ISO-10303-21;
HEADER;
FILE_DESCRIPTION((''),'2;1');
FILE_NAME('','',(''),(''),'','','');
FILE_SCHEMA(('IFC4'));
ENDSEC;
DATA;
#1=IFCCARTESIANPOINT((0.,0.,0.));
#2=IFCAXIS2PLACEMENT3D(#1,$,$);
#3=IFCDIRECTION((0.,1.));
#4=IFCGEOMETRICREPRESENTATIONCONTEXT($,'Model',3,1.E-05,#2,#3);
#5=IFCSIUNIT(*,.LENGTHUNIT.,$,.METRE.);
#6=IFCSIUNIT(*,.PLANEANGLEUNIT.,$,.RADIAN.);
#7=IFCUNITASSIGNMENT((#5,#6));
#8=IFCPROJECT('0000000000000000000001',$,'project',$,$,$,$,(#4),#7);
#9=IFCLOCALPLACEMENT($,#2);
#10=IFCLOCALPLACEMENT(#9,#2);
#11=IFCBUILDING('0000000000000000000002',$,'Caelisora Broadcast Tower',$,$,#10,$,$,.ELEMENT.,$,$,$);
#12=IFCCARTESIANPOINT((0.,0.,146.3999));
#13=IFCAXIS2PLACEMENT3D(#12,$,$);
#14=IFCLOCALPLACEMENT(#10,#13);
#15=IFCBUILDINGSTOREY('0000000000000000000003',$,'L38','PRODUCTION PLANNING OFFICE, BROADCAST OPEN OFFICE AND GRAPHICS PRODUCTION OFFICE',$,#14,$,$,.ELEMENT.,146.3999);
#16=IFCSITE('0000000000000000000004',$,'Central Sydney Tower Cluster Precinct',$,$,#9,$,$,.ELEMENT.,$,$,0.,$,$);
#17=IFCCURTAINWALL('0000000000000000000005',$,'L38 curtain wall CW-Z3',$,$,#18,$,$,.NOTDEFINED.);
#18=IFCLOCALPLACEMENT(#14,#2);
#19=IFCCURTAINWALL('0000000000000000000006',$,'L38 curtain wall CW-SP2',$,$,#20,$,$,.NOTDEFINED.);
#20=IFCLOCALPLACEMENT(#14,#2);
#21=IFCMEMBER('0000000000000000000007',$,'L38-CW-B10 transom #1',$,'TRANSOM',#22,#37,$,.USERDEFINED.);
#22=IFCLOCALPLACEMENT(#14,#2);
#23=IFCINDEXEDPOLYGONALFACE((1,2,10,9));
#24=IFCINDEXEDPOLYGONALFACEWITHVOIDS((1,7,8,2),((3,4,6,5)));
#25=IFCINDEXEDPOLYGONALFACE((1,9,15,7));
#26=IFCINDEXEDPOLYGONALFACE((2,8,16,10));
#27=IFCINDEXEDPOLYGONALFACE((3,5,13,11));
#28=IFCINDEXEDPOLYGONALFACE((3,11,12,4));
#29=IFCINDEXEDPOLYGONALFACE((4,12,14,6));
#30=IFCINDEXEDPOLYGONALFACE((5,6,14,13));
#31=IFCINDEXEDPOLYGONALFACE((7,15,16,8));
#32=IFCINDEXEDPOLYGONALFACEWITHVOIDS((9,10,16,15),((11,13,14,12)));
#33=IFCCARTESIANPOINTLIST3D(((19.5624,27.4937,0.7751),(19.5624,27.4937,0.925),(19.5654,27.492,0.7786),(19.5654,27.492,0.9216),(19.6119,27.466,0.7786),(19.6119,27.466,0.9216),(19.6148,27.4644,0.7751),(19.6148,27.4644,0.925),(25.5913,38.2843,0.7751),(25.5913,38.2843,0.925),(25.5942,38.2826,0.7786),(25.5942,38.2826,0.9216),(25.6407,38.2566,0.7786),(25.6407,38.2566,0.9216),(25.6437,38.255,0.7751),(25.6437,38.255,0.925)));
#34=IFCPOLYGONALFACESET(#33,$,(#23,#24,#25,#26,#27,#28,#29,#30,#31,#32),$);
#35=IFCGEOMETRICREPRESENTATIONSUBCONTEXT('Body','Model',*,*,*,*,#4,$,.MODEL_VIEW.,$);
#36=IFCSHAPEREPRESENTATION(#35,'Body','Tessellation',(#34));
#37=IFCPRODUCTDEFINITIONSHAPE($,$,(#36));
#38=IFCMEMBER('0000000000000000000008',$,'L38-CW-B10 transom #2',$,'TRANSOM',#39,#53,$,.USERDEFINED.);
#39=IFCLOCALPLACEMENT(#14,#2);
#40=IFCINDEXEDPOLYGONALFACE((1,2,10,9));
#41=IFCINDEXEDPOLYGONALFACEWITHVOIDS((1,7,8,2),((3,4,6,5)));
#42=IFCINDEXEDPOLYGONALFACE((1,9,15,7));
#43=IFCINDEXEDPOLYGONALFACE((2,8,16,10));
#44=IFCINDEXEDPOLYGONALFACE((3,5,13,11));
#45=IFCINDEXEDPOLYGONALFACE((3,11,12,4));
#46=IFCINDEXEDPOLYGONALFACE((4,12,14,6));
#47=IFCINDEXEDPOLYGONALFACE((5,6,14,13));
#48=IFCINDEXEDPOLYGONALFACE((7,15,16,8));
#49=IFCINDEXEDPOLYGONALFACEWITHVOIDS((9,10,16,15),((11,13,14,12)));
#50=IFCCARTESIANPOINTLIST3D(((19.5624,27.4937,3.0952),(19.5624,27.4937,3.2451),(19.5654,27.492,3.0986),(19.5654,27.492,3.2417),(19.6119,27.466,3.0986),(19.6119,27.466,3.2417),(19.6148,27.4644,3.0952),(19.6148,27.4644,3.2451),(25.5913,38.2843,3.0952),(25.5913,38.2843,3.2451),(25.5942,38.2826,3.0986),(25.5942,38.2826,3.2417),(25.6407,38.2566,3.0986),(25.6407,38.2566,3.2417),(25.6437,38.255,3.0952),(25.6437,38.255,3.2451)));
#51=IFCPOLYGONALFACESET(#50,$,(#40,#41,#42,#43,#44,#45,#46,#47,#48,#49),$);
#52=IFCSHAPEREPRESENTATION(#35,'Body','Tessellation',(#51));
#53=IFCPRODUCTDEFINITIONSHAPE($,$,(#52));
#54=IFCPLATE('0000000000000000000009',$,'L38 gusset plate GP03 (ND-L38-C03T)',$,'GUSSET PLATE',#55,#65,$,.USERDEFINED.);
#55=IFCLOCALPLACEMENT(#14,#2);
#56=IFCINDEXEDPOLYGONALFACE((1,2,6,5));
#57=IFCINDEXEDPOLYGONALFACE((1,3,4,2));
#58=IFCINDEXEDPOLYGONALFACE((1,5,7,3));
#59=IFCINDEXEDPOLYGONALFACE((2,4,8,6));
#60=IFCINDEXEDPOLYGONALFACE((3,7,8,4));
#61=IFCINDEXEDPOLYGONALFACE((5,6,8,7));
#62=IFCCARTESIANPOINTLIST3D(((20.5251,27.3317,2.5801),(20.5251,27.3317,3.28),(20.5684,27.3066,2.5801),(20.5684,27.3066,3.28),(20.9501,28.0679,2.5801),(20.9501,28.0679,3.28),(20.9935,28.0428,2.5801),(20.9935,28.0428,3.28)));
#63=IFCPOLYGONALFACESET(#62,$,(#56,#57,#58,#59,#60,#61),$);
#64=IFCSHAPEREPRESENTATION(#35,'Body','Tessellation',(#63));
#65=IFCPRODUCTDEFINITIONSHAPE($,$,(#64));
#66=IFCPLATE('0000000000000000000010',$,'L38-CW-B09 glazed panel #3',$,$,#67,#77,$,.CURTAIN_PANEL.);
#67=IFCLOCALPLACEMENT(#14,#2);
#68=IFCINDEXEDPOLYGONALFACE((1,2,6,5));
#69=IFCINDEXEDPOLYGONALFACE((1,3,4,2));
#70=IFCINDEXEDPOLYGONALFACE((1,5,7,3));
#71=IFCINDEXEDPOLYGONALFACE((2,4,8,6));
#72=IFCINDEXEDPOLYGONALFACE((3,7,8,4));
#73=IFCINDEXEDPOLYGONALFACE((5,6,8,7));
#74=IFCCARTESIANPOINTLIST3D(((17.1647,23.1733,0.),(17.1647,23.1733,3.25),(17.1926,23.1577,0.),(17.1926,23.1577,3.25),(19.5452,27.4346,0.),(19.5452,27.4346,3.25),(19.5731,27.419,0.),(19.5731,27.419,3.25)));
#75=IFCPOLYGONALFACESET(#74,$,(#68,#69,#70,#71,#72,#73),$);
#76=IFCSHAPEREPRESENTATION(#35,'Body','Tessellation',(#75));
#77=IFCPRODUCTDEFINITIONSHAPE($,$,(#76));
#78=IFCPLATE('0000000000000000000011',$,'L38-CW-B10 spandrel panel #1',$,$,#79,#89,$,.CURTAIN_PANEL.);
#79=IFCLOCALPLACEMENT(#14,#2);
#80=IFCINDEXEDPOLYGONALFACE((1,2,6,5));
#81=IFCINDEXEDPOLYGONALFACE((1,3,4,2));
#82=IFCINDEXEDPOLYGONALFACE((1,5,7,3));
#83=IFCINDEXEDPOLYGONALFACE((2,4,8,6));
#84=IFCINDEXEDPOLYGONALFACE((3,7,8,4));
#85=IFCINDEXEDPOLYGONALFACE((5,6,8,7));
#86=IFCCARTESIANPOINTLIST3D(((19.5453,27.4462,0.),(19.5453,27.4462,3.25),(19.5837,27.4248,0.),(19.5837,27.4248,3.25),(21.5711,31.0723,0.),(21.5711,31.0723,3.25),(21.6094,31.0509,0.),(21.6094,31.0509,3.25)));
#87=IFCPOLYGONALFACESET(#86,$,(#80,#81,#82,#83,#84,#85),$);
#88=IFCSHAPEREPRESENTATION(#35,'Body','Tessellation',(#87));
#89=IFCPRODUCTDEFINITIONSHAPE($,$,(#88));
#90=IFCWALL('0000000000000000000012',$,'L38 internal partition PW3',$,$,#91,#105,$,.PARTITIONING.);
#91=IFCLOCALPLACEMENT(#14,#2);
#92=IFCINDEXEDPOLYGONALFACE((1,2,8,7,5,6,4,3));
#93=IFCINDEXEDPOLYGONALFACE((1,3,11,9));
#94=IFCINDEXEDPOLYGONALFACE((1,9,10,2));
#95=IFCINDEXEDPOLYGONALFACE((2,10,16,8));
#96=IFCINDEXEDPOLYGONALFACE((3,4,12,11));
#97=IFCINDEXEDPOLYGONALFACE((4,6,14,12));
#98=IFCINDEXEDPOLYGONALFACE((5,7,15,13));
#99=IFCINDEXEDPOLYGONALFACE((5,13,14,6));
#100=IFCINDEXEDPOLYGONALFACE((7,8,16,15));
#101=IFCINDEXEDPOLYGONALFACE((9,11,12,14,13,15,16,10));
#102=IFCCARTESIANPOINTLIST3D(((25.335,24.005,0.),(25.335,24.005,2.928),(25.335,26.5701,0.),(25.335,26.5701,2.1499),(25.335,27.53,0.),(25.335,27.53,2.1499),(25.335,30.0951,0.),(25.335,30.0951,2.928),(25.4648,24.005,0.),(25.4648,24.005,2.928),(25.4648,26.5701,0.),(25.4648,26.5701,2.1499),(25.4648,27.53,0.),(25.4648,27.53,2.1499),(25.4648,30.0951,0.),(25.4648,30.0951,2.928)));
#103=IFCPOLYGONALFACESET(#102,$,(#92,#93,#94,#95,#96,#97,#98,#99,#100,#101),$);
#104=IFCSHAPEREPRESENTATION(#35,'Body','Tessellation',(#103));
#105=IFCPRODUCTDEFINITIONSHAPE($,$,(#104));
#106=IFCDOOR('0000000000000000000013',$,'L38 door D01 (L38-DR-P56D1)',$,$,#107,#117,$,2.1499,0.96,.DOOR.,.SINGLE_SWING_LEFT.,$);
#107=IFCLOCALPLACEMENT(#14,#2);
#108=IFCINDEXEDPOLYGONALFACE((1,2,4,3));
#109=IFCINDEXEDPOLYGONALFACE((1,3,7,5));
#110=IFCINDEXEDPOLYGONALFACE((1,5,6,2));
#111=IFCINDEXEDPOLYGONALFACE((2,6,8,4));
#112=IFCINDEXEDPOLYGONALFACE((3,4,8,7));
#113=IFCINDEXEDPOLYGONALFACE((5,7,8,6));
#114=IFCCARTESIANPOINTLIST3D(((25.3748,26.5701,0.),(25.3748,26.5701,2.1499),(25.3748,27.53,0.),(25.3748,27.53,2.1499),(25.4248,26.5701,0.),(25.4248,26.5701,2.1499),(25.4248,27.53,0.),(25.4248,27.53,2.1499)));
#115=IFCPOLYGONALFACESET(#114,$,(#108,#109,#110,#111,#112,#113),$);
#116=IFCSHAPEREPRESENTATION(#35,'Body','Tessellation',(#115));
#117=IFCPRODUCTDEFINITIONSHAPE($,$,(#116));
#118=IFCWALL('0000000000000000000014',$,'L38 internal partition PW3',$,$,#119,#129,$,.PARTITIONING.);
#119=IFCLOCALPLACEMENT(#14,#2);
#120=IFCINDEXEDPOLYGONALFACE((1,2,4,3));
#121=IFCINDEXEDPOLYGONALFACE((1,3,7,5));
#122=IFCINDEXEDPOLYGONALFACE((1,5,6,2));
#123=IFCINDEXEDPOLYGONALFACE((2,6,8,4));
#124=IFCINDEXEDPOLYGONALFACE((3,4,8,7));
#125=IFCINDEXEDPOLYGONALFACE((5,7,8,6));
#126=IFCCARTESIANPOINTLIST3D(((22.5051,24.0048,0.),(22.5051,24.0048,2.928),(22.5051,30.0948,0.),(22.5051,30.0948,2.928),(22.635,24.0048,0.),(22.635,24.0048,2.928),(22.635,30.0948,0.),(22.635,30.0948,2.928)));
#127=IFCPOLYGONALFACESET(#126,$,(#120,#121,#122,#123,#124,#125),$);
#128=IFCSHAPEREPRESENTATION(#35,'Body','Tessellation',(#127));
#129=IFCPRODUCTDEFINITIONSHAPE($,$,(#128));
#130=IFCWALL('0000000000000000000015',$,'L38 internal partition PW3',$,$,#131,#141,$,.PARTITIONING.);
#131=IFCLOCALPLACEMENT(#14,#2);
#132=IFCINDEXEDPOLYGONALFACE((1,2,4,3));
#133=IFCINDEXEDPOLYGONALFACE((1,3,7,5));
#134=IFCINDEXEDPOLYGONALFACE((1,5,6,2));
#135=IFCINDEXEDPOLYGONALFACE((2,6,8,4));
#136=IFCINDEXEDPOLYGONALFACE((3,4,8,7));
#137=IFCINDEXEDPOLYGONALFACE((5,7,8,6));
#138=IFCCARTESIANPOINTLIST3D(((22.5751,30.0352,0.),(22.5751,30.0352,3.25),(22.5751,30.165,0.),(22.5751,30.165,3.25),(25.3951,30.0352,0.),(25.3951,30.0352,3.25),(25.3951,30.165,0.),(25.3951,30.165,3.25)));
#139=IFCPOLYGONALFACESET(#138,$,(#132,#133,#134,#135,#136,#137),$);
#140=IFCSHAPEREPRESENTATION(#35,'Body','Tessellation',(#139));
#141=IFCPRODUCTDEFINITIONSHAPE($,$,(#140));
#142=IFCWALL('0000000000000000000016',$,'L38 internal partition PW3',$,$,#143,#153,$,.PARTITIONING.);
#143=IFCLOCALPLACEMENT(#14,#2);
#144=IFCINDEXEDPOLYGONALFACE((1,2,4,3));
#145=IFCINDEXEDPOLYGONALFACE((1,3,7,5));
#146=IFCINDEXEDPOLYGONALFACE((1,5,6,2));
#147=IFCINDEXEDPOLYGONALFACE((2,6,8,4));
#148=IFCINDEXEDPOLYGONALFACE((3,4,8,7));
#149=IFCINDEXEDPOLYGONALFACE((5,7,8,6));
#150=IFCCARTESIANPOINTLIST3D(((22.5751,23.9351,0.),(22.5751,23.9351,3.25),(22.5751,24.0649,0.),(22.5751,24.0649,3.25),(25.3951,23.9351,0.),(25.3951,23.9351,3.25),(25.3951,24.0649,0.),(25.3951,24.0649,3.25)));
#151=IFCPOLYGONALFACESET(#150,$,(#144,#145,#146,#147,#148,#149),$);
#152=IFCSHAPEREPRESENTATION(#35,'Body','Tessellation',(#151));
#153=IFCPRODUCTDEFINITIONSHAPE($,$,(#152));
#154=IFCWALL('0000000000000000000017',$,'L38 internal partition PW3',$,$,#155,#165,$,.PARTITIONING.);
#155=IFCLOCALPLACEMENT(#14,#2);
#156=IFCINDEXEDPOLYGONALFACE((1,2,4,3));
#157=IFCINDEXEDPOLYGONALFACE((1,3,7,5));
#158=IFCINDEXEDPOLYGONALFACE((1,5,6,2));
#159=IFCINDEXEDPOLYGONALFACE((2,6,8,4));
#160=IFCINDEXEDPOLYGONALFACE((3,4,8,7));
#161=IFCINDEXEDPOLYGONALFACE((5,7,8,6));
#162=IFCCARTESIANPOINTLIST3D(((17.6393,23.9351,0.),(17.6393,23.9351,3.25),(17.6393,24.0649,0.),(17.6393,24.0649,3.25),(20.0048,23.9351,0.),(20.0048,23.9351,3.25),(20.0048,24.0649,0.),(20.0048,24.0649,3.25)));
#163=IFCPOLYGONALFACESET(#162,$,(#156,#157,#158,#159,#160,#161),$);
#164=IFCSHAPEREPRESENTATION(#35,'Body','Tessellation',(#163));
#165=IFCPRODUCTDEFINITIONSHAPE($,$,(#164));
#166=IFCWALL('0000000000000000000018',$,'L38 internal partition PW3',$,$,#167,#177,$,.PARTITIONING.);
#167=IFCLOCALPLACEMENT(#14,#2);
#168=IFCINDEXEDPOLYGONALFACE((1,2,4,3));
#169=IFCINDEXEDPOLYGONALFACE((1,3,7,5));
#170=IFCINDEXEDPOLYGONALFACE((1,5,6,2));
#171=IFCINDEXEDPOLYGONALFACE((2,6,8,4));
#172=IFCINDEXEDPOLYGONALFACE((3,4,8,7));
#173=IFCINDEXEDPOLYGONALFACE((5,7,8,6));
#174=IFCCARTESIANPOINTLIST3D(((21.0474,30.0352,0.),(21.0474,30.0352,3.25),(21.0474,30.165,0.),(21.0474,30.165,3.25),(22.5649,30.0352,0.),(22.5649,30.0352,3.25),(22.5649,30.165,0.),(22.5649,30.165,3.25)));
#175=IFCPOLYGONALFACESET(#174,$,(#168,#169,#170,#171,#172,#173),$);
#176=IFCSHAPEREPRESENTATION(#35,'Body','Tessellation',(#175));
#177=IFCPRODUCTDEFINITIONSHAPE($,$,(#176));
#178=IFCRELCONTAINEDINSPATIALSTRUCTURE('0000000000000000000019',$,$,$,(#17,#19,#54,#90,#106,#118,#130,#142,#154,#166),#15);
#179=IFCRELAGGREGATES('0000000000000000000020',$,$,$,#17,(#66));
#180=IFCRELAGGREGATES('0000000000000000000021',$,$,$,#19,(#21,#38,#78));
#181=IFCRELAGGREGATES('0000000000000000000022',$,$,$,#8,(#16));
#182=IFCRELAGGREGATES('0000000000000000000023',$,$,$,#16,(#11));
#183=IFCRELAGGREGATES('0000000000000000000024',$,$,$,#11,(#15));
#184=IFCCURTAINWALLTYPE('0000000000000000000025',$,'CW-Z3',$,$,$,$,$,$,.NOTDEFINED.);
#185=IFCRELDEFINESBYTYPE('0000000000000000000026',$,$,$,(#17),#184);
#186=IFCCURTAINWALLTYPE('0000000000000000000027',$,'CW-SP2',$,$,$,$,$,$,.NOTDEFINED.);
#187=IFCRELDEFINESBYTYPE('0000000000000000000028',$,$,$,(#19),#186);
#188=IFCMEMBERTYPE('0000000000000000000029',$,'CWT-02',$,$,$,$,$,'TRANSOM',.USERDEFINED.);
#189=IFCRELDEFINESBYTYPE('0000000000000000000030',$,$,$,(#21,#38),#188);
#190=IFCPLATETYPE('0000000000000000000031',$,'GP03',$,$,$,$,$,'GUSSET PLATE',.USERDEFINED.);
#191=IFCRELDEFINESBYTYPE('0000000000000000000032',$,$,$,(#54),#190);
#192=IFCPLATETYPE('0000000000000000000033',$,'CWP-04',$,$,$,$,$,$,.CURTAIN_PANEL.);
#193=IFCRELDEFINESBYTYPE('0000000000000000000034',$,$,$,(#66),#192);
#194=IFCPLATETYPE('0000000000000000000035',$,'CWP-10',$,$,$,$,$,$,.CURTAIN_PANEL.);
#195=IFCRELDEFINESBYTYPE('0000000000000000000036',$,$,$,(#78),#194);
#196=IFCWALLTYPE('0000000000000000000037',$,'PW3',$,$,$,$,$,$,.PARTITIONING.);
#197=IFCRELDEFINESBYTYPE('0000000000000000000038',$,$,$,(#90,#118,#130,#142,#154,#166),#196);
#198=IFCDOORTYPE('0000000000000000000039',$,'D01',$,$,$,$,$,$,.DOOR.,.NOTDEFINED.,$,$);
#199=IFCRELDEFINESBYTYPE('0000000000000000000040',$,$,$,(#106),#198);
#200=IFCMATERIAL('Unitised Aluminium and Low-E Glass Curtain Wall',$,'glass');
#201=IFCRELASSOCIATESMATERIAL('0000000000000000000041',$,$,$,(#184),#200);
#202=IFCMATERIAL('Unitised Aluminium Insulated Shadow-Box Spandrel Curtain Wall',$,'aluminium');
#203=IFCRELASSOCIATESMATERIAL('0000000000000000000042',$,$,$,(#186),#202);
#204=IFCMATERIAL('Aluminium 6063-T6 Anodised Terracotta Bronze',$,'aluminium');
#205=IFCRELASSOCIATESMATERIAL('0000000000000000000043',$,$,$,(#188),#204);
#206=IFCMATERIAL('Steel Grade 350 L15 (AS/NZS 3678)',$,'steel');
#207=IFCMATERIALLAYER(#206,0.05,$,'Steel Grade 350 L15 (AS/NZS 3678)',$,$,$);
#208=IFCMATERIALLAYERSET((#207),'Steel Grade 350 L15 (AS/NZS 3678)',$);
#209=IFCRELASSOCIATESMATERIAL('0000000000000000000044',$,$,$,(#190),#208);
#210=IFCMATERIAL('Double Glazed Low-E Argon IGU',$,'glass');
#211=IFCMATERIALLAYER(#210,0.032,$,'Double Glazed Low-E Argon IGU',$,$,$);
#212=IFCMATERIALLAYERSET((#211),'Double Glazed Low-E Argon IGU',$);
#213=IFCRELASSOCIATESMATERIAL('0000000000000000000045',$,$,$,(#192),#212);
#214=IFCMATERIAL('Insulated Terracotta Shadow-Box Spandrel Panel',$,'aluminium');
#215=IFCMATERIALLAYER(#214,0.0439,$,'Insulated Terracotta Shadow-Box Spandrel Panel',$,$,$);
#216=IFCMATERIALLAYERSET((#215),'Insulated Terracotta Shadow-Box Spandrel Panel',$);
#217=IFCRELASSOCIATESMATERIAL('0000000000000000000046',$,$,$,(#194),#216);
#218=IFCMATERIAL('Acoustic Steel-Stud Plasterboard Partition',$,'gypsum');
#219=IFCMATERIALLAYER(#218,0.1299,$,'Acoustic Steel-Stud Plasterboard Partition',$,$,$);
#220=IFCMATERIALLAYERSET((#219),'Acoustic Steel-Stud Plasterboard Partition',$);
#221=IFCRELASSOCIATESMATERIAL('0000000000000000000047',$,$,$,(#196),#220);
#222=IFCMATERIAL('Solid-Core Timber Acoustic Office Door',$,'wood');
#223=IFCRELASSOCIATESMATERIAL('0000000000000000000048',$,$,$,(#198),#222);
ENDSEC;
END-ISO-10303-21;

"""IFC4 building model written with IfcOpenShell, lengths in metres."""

from ifc_helpers import new_model, si_unit, direction, frame, frame_2d, origin, origin_2d, place, context, subcontext, project, spatial, rectangle, hollow_rectangle, extrude, source, transform, mapped, material, layer, layer_set, material_profile, profile_set, type_object, type_shapes, element, fill, aggregate, save


model = new_model("IFC4")

# Units and contexts
model_context = context("Model", 3, precision=1e-05, world=origin(), true_north=direction((0.0, 1.0)))
body_context = subcontext(model_context, "Body", "Model", "MODEL_VIEW")
ifc_project = project(units=[si_unit("LENGTHUNIT", "METRE"), si_unit("PLANEANGLEUNIT", "RADIAN")], contexts=[model_context])

# Site, building, storey
site_placement = place(None, origin())
site = spatial("IfcSite", under=ifc_project, at=site_placement, Name="Central Sydney Tower Cluster Precinct", CompositionType="ELEMENT", RefElevation=0.0)
building_placement = place(site_placement, origin())
building = spatial("IfcBuilding", under=site, at=building_placement, Name="Caelisora Broadcast Tower", CompositionType="ELEMENT")
storey_placement = place(building_placement, frame((0.0, 0.0, 146.3999)))
storey = spatial("IfcBuildingStorey", under=building, at=storey_placement, Name="L38", Description="PRODUCTION PLANNING OFFICE, BROADCAST OPEN OFFICE AND GRAPHICS PRODUCTION OFFICE", CompositionType="ELEMENT", Elevation=146.3999)

# Shared definitions
ifc_material_1 = material(Name="Steel Grade 350 L15 (AS/NZS 3678)", Category="steel")

# Curtain wall
ifc_material_2 = material(Name="Unitised Aluminium and Low-E Glass Curtain Wall", Category="glass")
curtain_wall_type_1 = type_object("IfcCurtainWallType", Name="CW-Z3", PredefinedType="NOTDEFINED", material=ifc_material_2)
curtain_wall_1_placement = place(storey_placement, origin())
curtain_wall_1 = element("IfcCurtainWall", 1, at=curtain_wall_1_placement, inside=storey, type_object=curtain_wall_type_1, Name="L38 curtain wall CW-Z3", PredefinedType="NOTDEFINED")
ifc_material_3 = material(Name="Aluminium 6063-T6 Anodised Terracotta Bronze", Category="aluminium")

# Curtain wall, members
ifc_material_4 = material(Name="Unitised Aluminium Insulated Shadow-Box Spandrel Curtain Wall", Category="aluminium")
curtain_wall_type_2 = type_object("IfcCurtainWallType", Name="CW-SP2", PredefinedType="NOTDEFINED", material=ifc_material_4)
curtain_wall_2_placement = place(storey_placement, origin())
curtain_wall_2 = element("IfcCurtainWall", 2, at=curtain_wall_2_placement, inside=storey, type_object=curtain_wall_type_2, Name="L38 curtain wall CW-SP2", PredefinedType="NOTDEFINED")
ifc_material_profile_1 = material_profile(ifc_material_3, hollow_rectangle(XDim=0.0601, YDim=0.1499, WallThickness=0.0034, at=origin_2d()), Name="Aluminium 6063-T6 Anodised Terracotta Bronze")
ifc_profile_set_1 = profile_set([ifc_material_profile_1], Name="Aluminium 6063-T6 Anodised Terracotta Bronze")
member_type_1 = type_object("IfcMemberType", Name="CWT-02", ElementType="TRANSOM", PredefinedType="USERDEFINED", material=ifc_profile_set_1)
shared_shape_1 = source(origin(), body_context, "Body", "SweptSolid", [
    extrude(hollow_rectangle(XDim=0.0601, YDim=0.1499, WallThickness=0.0034, at=origin_2d()), origin(), (0.0, 0.0, 1.0), 12.3606),
])
type_shapes(member_type_1, [shared_shape_1])
member_1_placement = place(storey_placement, frame((19.5886, 27.479, 0.8501), z_axis=(0.487748, 0.872985, 0.0), x_axis=(-0.872985, 0.487748, 0.0)))
member_1 = element("IfcMember", 3, at=member_1_placement, type_object=member_type_1, Name="L38-CW-B10 transom #1", ObjectType="TRANSOM", PredefinedType="USERDEFINED", context=body_context, shape_type="MappedRepresentation", body=[
    mapped(shared_shape_1, transform((0.0, 0.0, 0.0), scale=1.0)),
])
member_2_placement = place(storey_placement, frame((19.5886, 27.479, 3.1702), z_axis=(0.487748, 0.872985, 0.0), x_axis=(-0.872985, 0.487748, 0.0)))
member_2 = element("IfcMember", 4, at=member_2_placement, type_object=member_type_1, Name="L38-CW-B10 transom #2", ObjectType="TRANSOM", PredefinedType="USERDEFINED", context=body_context, shape_type="MappedRepresentation", body=[
    mapped(shared_shape_1, transform((0.0, 0.0, 0.0), scale=1.0)),
])

# Plates
ifc_layer_1 = layer(ifc_material_1, 0.05, Name="Steel Grade 350 L15 (AS/NZS 3678)")
ifc_layer_set_1 = layer_set([ifc_layer_1], Name="Steel Grade 350 L15 (AS/NZS 3678)")
plate_type_1 = type_object("IfcPlateType", Name="GP03", ElementType="GUSSET PLATE", PredefinedType="USERDEFINED", material=ifc_layer_set_1)
shared_shape_2 = source(origin(), body_context, "Body", "SweptSolid", [
    extrude(rectangle(XDim=0.8501, YDim=0.05, at=origin_2d()), origin(), (0.0, 0.0, 1.0), 0.7),
])
type_shapes(plate_type_1, [shared_shape_2])
plate_1_placement = place(storey_placement, frame((20.7593, 27.6873, 2.5801), z_axis=(0.0, 0.0, 1.0), x_axis=(-0.5, -0.866025, 0.0)))
element("IfcPlate", 5, at=plate_1_placement, inside=storey, type_object=plate_type_1, Name="L38 gusset plate GP03 (ND-L38-C03T)", ObjectType="GUSSET PLATE", PredefinedType="USERDEFINED", context=body_context, shape_type="MappedRepresentation", body=[
    mapped(shared_shape_2, transform((0.0, 0.0, 0.0), scale=1.0)),
])
ifc_material_5 = material(Name="Double Glazed Low-E Argon IGU", Category="glass")
ifc_layer_2 = layer(ifc_material_5, 0.032, Name="Double Glazed Low-E Argon IGU")
ifc_layer_set_2 = layer_set([ifc_layer_2], Name="Double Glazed Low-E Argon IGU")
plate_type_2 = type_object("IfcPlateType", Name="CWP-04", PredefinedType="CURTAIN_PANEL", material=ifc_layer_set_2)
shared_shape_3 = source(origin(), body_context, "Body", "SweptSolid", [
    extrude(rectangle(XDim=4.8811, YDim=0.032, at=origin_2d()), origin(), (0.0, 0.0, 1.0), 3.25),
])
type_shapes(plate_type_2, [shared_shape_3])
plate_2_placement = place(storey_placement, frame((18.3689, 25.2961, 0.0), z_axis=(0.0, 0.0, 1.0), x_axis=(0.487707, 0.873007, 0.0)))
plate_2 = element("IfcPlate", 6, at=plate_2_placement, type_object=plate_type_2, Name="L38-CW-B09 glazed panel #3", PredefinedType="CURTAIN_PANEL", context=body_context, shape_type="MappedRepresentation", body=[
    mapped(shared_shape_3, transform((0.0, 0.0, 0.0), scale=1.0)),
])
aggregate(curtain_wall_1, [plate_2])
ifc_material_6 = material(Name="Insulated Terracotta Shadow-Box Spandrel Panel", Category="aluminium")
ifc_layer_3 = layer(ifc_material_6, 0.0439, Name="Insulated Terracotta Shadow-Box Spandrel Panel")
ifc_layer_set_3 = layer_set([ifc_layer_3], Name="Insulated Terracotta Shadow-Box Spandrel Panel")
plate_type_3 = type_object("IfcPlateType", Name="CWP-10", PredefinedType="CURTAIN_PANEL", material=ifc_layer_set_3)
shared_shape_4 = source(origin(), body_context, "Body", "SweptSolid", [
    extrude(rectangle(XDim=4.1536, YDim=0.0439, at=origin_2d()), origin(), (0.0, 0.0, 1.0), 3.25),
])
type_shapes(plate_type_3, [shared_shape_4])
plate_3_placement = place(storey_placement, frame((20.5774, 29.2485, 0.0), z_axis=(0.0, 0.0, 1.0), x_axis=(0.487707, 0.873007, 0.0)))
plate_3 = element("IfcPlate", 7, at=plate_3_placement, type_object=plate_type_3, Name="L38-CW-B10 spandrel panel #1", PredefinedType="CURTAIN_PANEL", context=body_context, shape_type="MappedRepresentation", body=[
    mapped(shared_shape_4, transform((0.0, 0.0, 0.0), scale=1.0)),
])
aggregate(curtain_wall_2, [member_1, member_2, plate_3])

# Wall, opening, door
ifc_material_7 = material(Name="Acoustic Steel-Stud Plasterboard Partition", Category="gypsum")
ifc_layer_4 = layer(ifc_material_7, 0.1299, Name="Acoustic Steel-Stud Plasterboard Partition")
ifc_layer_set_4 = layer_set([ifc_layer_4], Name="Acoustic Steel-Stud Plasterboard Partition")
wall_type = type_object("IfcWallType", Name="PW3", PredefinedType="PARTITIONING", material=ifc_layer_set_4)
wall_1_placement = place(storey_placement, frame((25.3999, 30.095, 0.0), z_axis=(0.0, 0.0, 1.0), x_axis=(0.0, -1.0, 0.0)))
wall_1 = element("IfcWall", 8, at=wall_1_placement, inside=storey, type_object=wall_type, Name="L38 internal partition PW3", PredefinedType="PARTITIONING", context=body_context, shape_type="SweptSolid", body=[
    extrude(rectangle(XDim=6.0901, YDim=0.1299, at=frame_2d((3.0449, 0.0))), origin(), (0.0, 0.0, 1.0), 2.928),
])
opening_1_placement = place(wall_1_placement, frame((2.5649, 0.0, 0.0)))
opening_1 = element("IfcOpeningElement", 9, at=opening_1_placement, cuts=wall_1, PredefinedType="OPENING", context=body_context, shape_type="SweptSolid", body=[
    extrude(rectangle(XDim=0.96, YDim=2.1499, at=frame_2d((0.48, 1.075))), frame((0.0, 0.0769, 0.0), z_axis=(0.0, -1.0, 0.0), x_axis=(1.0, 0.0, 0.0)), (0.0, 0.0, 1.0), 0.1538),
])
ifc_material_8 = material(Name="Solid-Core Timber Acoustic Office Door", Category="wood")
door_type = type_object("IfcDoorType", Name="D01", OperationType="NOTDEFINED", PredefinedType="DOOR", material=ifc_material_8)
door_1_placement = place(opening_1_placement, origin())
door_1 = element("IfcDoor", 10, at=door_1_placement, inside=storey, type_object=door_type, Name="L38 door D01 (L38-DR-P56D1)", OperationType="SINGLE_SWING_LEFT", OverallHeight=2.1499, OverallWidth=0.96, PredefinedType="DOOR", context=body_context, shape_type="SweptSolid", body=[
    extrude(rectangle(XDim=0.96, YDim=2.1499, at=frame_2d((0.48, 1.075))), frame((0.0, 0.0249, 0.0), z_axis=(0.0, -1.0, 0.0), x_axis=(1.0, 0.0, 0.0)), (0.0, 0.0, 1.0), 0.05),
])
fill(opening_1, door_1)

# Walls
wall_2_placement = place(storey_placement, frame((22.5701, 24.0049, 0.0), z_axis=(0.0, 0.0, 1.0), x_axis=(0.0, 1.0, 0.0)))
element("IfcWall", 11, at=wall_2_placement, inside=storey, type_object=wall_type, Name="L38 internal partition PW3", PredefinedType="PARTITIONING", context=body_context, shape_type="SweptSolid", body=[
    extrude(rectangle(XDim=6.0901, YDim=0.1299, at=frame_2d((3.0449, 0.0))), origin(), (0.0, 0.0, 1.0), 2.928),
])
for number, where, z_axis, x_axis, name in (
    (12, (22.575, 30.1001, 0.0), (0.0, 0.0, 1.0), (1.0, 0.0, 0.0), "L38 internal partition PW3"),
    (13, (22.575, 24.0, 0.0), (0.0, 0.0, 1.0), (1.0, 0.0, 0.0), "L38 internal partition PW3"),
):
    element("IfcWall", number, at=place(storey_placement, frame(where, z_axis=z_axis, x_axis=x_axis)), inside=storey, type_object=wall_type, Name=name, PredefinedType="PARTITIONING", context=body_context, shape_type="SweptSolid", body=[
        extrude(rectangle(XDim=2.8201, YDim=0.1299, at=frame_2d((1.4102, 0.0))), origin(), (0.0, 0.0, 1.0), 3.25),
    ])

# Walls
wall_3_placement = place(storey_placement, frame((17.6394, 24.0, 0.0), z_axis=(0.0, 0.0, 1.0), x_axis=(1.0, 0.0, 0.0)))
element("IfcWall", 14, at=wall_3_placement, inside=storey, type_object=wall_type, Name="L38 internal partition PW3", PredefinedType="PARTITIONING", context=body_context, shape_type="SweptSolid", body=[
    extrude(rectangle(XDim=2.3655, YDim=0.1299, at=frame_2d((1.1826, 0.0))), origin(), (0.0, 0.0, 1.0), 3.25),
])
wall_4_placement = place(storey_placement, frame((21.0474, 30.1001, 0.0), z_axis=(0.0, 0.0, 1.0), x_axis=(1.0, 0.0, 0.0)))
element("IfcWall", 15, at=wall_4_placement, inside=storey, type_object=wall_type, Name="L38 internal partition PW3", PredefinedType="PARTITIONING", context=body_context, shape_type="SweptSolid", body=[
    extrude(rectangle(XDim=1.5176, YDim=0.1299, at=frame_2d((0.7588, 0.0))), origin(), (0.0, 0.0, 1.0), 3.25),
])

save(model, "model.ifc")
